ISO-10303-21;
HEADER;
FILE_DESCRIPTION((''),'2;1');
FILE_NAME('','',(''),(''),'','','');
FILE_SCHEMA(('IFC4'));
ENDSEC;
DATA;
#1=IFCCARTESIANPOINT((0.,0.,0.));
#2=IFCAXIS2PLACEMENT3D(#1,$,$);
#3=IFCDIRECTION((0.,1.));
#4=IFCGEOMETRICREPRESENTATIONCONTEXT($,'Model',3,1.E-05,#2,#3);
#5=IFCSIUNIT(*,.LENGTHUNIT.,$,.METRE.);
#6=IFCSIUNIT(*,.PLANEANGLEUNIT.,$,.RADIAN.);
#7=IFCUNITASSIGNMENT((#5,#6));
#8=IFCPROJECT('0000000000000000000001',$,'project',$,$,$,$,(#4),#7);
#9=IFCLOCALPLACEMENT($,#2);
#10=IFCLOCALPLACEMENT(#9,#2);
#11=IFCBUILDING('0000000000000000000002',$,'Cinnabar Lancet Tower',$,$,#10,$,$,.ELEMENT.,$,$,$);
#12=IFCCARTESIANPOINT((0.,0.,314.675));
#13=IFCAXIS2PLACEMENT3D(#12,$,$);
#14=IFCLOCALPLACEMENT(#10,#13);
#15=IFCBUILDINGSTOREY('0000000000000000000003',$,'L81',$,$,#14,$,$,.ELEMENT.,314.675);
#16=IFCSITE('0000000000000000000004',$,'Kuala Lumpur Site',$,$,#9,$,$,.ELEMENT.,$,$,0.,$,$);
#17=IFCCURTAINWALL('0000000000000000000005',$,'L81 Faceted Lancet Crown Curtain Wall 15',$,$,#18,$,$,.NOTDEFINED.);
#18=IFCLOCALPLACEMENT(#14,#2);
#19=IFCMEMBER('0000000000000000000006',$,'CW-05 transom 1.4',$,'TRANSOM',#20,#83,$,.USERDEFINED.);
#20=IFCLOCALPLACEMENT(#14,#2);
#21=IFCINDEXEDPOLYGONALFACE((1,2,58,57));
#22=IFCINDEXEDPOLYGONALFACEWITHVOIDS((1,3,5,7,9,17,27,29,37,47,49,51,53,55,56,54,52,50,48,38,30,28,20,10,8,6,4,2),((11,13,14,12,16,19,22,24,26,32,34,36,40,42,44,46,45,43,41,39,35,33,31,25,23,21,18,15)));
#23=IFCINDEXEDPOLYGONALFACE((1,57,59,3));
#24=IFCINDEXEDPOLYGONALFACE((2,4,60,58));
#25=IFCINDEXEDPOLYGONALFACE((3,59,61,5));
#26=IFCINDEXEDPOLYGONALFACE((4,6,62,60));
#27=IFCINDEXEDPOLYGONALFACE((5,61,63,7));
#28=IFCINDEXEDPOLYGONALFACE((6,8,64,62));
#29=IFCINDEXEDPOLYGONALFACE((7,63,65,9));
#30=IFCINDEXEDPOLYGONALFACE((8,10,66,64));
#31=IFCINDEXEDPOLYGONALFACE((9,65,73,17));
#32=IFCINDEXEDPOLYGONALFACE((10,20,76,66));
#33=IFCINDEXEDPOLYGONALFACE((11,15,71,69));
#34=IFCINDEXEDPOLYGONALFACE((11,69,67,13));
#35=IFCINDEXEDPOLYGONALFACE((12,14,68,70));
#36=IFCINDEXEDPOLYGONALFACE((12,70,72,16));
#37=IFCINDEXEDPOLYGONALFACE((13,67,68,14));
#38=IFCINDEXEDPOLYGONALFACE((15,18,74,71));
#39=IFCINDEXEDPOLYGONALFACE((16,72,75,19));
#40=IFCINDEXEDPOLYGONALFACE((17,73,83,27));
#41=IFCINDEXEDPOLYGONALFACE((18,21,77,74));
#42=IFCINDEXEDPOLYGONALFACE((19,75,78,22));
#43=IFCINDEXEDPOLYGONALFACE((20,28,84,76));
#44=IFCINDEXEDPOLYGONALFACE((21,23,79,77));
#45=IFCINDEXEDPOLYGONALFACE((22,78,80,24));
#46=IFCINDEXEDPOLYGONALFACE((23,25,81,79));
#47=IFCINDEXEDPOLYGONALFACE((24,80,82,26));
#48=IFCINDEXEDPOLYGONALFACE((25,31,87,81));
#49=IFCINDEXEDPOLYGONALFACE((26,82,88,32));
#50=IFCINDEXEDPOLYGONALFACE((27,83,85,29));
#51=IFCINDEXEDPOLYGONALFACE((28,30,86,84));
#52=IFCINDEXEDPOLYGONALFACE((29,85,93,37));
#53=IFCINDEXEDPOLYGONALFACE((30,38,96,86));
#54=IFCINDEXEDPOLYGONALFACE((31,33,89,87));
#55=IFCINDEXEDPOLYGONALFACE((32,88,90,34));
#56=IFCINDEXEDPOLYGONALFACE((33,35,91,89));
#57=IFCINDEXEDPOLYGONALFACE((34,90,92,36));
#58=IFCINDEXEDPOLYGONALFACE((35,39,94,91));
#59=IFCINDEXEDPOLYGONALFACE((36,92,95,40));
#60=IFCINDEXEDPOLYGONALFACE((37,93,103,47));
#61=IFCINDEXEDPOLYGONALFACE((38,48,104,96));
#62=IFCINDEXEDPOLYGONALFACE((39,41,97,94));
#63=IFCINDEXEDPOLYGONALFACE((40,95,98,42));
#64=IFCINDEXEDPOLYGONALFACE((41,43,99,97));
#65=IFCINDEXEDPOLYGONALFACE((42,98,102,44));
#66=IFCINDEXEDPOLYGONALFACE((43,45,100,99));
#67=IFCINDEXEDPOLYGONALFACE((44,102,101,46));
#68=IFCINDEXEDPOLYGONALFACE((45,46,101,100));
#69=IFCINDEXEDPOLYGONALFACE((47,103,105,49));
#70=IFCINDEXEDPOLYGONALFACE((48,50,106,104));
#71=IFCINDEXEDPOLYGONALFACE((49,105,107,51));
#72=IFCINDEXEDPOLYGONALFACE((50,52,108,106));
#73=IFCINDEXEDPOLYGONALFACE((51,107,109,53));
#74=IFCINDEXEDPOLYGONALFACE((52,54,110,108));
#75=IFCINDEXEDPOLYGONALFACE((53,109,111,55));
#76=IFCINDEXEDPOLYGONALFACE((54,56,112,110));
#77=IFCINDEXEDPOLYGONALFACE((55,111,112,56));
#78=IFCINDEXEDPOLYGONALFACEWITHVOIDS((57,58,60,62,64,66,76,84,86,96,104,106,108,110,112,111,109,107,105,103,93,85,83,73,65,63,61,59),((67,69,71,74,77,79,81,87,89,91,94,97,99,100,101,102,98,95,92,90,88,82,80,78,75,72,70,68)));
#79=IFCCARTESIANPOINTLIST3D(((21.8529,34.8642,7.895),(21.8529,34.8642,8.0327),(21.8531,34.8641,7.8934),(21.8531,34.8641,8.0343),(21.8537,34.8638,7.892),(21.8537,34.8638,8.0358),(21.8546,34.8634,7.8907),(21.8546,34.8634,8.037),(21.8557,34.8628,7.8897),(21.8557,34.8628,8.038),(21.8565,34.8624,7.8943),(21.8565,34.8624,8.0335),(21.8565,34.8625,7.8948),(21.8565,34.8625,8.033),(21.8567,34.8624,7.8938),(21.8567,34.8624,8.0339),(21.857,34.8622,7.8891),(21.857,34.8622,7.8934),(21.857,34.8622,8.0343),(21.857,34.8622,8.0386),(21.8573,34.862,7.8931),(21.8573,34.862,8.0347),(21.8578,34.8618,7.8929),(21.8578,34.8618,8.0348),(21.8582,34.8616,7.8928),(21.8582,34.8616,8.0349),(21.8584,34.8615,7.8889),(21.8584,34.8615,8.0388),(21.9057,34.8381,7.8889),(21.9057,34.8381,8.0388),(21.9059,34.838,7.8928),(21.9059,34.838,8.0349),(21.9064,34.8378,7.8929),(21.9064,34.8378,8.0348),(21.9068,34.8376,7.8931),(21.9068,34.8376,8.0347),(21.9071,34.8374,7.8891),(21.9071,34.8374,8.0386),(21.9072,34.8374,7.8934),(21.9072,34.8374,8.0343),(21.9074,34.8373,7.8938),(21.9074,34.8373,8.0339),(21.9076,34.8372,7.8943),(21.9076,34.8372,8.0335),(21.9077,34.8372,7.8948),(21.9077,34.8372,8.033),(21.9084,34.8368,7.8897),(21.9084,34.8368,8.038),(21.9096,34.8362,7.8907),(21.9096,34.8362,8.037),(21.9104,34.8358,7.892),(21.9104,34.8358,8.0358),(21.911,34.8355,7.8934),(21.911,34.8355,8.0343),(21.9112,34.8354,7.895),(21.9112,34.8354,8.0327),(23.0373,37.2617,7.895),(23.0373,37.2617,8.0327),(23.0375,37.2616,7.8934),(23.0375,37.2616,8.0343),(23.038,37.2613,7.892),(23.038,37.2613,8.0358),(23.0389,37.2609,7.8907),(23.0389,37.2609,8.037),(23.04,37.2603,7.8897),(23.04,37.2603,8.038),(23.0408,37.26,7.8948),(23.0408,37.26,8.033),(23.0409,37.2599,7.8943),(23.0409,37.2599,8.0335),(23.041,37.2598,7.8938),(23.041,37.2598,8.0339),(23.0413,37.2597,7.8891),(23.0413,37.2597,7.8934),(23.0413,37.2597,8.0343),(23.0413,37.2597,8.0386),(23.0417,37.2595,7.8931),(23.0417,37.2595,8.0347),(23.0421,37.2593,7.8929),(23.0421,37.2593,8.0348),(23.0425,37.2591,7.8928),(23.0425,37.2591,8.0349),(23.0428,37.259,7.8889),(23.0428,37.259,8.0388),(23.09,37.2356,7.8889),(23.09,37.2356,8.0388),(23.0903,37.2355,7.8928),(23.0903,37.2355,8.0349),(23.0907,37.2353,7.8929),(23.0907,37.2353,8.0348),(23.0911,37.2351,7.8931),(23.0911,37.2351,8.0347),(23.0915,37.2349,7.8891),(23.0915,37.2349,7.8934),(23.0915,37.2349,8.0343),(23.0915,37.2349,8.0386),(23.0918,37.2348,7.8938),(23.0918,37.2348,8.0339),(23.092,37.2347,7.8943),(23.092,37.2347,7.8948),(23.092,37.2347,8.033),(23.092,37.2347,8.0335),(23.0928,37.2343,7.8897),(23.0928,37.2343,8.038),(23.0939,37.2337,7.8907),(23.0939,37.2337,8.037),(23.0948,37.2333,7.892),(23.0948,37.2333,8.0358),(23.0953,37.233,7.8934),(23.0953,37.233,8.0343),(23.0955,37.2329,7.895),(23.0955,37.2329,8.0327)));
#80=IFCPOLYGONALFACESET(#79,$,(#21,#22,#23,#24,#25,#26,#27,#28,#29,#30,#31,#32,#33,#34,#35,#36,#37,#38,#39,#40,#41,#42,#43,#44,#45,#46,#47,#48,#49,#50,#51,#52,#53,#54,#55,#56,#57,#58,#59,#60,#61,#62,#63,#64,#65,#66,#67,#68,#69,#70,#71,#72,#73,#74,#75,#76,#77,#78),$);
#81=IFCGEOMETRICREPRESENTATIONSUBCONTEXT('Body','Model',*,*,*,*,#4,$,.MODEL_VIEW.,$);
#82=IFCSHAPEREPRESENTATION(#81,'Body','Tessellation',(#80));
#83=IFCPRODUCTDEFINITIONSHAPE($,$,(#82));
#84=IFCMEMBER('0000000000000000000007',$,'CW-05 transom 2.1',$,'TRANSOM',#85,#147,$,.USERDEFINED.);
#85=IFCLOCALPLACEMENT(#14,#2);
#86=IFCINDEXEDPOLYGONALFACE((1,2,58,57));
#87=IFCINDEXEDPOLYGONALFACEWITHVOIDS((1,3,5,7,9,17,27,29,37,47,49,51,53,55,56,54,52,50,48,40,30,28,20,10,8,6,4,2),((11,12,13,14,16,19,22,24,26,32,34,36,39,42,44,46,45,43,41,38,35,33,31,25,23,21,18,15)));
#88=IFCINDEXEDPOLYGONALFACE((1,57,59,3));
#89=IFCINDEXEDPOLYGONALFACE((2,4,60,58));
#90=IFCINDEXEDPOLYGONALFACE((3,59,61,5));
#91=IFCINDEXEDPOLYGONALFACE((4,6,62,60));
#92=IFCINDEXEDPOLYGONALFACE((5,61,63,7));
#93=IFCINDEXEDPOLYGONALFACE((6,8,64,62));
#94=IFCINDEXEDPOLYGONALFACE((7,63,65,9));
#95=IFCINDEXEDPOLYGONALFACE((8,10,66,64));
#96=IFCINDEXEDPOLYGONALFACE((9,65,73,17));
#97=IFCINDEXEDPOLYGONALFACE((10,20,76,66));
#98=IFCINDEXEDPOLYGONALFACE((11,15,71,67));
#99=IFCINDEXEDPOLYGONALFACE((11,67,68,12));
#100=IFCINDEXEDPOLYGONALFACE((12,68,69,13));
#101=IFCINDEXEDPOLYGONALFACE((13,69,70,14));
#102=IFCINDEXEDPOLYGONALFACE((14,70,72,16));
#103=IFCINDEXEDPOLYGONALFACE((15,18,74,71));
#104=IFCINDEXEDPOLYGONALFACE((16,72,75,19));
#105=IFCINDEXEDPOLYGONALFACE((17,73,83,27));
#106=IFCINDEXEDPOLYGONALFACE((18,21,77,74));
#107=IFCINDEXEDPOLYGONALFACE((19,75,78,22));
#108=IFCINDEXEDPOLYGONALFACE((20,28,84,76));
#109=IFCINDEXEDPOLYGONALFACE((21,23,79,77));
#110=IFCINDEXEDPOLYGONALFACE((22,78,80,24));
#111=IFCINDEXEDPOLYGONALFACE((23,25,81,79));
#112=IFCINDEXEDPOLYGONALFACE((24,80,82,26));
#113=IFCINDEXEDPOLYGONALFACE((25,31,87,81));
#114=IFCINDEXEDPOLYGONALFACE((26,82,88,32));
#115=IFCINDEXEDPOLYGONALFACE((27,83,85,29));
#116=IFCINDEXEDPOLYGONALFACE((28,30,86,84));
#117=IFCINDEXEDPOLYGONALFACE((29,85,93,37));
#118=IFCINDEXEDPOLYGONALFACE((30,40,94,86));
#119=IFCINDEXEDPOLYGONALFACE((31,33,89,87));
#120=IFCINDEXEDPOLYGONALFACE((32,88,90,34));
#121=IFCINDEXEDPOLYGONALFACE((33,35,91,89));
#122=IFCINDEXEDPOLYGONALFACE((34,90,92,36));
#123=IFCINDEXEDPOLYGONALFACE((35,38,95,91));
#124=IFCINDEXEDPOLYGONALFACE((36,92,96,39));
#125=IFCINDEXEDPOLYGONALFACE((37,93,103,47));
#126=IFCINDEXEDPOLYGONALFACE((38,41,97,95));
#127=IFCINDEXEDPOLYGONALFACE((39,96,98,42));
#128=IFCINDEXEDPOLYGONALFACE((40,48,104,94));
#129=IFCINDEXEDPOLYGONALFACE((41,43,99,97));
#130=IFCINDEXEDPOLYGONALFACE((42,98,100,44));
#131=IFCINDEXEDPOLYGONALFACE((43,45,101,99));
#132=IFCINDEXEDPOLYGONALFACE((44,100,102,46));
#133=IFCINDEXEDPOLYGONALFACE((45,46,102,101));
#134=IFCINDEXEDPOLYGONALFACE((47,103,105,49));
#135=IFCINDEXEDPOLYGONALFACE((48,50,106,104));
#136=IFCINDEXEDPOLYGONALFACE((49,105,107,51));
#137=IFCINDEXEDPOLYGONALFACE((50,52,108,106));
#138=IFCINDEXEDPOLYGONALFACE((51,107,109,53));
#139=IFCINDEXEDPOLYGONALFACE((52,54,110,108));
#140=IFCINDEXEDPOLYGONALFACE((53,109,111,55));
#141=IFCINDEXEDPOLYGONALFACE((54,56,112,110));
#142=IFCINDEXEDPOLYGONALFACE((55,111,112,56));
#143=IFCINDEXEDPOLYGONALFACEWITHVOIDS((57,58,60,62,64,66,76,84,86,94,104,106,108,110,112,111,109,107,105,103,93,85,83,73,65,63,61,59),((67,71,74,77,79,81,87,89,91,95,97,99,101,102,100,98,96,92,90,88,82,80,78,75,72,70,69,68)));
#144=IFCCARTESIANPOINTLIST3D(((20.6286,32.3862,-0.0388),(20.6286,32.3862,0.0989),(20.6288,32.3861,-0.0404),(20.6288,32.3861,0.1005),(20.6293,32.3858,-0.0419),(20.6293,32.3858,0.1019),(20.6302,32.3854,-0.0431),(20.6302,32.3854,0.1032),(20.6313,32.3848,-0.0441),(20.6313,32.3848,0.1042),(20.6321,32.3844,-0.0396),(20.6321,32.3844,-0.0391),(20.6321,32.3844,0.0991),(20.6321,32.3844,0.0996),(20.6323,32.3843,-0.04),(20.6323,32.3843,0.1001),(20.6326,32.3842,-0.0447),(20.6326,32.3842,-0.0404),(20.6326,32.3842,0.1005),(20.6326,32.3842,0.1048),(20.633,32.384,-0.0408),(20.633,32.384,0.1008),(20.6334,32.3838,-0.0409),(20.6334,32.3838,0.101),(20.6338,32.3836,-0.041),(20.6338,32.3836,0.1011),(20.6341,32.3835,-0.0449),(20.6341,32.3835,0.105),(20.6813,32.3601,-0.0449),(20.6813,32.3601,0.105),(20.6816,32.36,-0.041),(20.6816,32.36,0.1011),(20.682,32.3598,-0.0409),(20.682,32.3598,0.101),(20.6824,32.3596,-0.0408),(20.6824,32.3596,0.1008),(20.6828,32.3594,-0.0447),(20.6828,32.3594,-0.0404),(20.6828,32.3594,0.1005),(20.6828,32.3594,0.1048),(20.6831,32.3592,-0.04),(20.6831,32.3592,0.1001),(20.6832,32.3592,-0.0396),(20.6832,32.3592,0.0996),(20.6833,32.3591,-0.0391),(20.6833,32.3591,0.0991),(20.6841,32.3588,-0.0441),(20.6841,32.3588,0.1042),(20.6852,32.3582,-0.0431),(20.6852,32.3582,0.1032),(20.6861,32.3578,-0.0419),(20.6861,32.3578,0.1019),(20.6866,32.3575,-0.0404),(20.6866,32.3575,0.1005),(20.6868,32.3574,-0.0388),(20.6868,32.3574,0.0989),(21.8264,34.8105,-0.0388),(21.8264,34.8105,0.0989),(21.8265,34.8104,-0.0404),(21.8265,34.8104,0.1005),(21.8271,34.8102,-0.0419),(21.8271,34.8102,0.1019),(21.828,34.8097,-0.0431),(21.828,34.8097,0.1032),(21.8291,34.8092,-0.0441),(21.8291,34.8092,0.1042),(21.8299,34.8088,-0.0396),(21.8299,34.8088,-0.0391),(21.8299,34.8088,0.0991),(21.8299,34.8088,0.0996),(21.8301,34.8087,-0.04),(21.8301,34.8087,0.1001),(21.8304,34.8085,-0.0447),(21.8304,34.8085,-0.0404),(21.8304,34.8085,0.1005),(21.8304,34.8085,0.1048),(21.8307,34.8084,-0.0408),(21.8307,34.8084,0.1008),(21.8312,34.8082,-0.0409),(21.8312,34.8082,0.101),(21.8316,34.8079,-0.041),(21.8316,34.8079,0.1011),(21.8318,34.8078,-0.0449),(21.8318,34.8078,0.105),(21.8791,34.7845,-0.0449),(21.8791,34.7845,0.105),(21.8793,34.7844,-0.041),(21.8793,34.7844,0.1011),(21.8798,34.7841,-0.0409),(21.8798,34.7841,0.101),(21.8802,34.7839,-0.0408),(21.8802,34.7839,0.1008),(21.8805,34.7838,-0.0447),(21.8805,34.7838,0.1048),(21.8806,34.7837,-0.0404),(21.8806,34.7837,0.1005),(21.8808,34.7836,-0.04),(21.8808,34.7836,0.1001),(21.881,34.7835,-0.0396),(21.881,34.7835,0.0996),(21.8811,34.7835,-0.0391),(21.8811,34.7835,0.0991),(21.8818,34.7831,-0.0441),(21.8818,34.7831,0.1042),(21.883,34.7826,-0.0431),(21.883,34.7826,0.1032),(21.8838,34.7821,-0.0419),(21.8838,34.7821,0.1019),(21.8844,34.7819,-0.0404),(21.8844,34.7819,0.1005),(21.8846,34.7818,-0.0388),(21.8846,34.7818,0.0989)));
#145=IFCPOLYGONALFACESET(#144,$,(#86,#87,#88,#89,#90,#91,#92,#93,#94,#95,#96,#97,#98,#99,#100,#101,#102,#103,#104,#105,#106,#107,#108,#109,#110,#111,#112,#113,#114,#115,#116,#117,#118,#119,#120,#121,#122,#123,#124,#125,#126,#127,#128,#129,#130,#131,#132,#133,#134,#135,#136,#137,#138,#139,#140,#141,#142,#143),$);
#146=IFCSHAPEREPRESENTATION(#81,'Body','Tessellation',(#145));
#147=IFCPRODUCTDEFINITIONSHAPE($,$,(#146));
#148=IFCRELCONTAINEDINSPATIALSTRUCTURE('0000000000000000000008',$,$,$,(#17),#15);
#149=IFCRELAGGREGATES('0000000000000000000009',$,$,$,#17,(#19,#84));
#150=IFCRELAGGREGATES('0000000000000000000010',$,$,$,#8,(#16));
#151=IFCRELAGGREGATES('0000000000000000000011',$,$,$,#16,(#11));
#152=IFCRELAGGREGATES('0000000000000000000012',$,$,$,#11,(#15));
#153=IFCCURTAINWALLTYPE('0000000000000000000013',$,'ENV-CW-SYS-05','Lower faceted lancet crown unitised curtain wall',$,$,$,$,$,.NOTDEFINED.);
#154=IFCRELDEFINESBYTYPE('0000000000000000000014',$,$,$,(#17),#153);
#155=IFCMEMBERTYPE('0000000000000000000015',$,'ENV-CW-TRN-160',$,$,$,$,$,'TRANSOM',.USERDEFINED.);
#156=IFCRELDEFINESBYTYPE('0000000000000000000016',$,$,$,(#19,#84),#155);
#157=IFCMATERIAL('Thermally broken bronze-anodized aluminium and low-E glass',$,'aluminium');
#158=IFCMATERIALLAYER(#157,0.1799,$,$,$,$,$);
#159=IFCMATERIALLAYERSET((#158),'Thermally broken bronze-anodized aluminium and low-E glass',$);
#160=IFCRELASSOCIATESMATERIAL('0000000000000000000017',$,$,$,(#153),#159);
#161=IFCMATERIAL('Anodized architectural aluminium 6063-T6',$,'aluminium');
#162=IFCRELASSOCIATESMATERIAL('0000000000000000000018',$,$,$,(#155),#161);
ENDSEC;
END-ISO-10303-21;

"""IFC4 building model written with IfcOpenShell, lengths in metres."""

from ifc_helpers import new_model, si_unit, direction, frame, origin, origin_2d, place, context, subcontext, project, spatial, hollow_rectangle, extrude, material, layer, layer_set, material_profile, profile_set, type_object, element, aggregate, save


model = new_model("IFC4")

# Units and contexts
model_context = context("Model", 3, precision=1e-05, world=origin(), true_north=direction((0.0, 1.0)))
body_context = subcontext(model_context, "Body", "Model", "MODEL_VIEW")
ifc_project = project(units=[si_unit("LENGTHUNIT", "METRE"), si_unit("PLANEANGLEUNIT", "RADIAN")], contexts=[model_context])

# Site, building, storey
site_placement = place(None, origin())
site = spatial("IfcSite", under=ifc_project, at=site_placement, Name="Kuala Lumpur Site", CompositionType="ELEMENT", RefElevation=0.0)
building_placement = place(site_placement, origin())
building = spatial("IfcBuilding", under=site, at=building_placement, Name="Cinnabar Lancet Tower", CompositionType="ELEMENT")
storey_placement = place(building_placement, frame((0.0, 0.0, 314.675)))
storey = spatial("IfcBuildingStorey", under=building, at=storey_placement, Name="L81", CompositionType="ELEMENT", Elevation=314.675)

# Shared definitions
ifc_material_1 = material(Name="Thermally broken bronze-anodized aluminium and low-E glass", Category="aluminium")
ifc_layer_1 = layer(ifc_material_1, 0.1799)
ifc_layer_set_1 = layer_set([ifc_layer_1], Name="Thermally broken bronze-anodized aluminium and low-E glass")
curtain_wall_type = type_object("IfcCurtainWallType", Name="ENV-CW-SYS-05", Description="Lower faceted lancet crown unitised curtain wall", PredefinedType="NOTDEFINED", material=ifc_layer_set_1)

# Curtain wall, members
curtain_wall_1_placement = place(storey_placement, origin())
curtain_wall_1 = element("IfcCurtainWall", 1, at=curtain_wall_1_placement, inside=storey, type_object=curtain_wall_type, Name="L81 Faceted Lancet Crown Curtain Wall 15", PredefinedType="NOTDEFINED")
ifc_material_2 = material(Name="Anodized architectural aluminium 6063-T6", Category="aluminium")
ifc_material_profile_1 = material_profile(ifc_material_2, hollow_rectangle(XDim=0.0649, YDim=0.1499, WallThickness=0.0039, InnerFilletRadius=0.002, OuterFilletRadius=0.0061, at=origin_2d()), Name="CW-TRN 150x65x4")
ifc_profile_set_1 = profile_set([ifc_material_profile_1], Name="Anodized architectural aluminium 6063-T6")
member_type_1 = type_object("IfcMemberType", Name="ENV-CW-TRN-160", ElementType="TRANSOM", PredefinedType="USERDEFINED", material=ifc_profile_set_1)
member_1_placement = place(storey_placement, frame((23.0664, 37.2473, 7.9639), z_axis=(-0.442899, -0.896572, 0.0), x_axis=(0.896572, -0.442899, 0.0)))
member_1 = element("IfcMember", 2, at=member_1_placement, type_object=member_type_1, Name="CW-05 transom 1.4", ObjectType="TRANSOM", PredefinedType="USERDEFINED", context=body_context, shape_type="SweptSolid", body=[
    extrude(hollow_rectangle(XDim=0.0649, YDim=0.1499, WallThickness=0.0039, InnerFilletRadius=0.002, OuterFilletRadius=0.0061, at=origin_2d()), origin(), (0.0, 0.0, 1.0), 2.6741),
])
member_2_placement = place(storey_placement, frame((21.8555, 34.7961, 0.03), z_axis=(-0.442947, -0.896548, 0.0), x_axis=(0.896548, -0.442947, 0.0)))
member_2 = element("IfcMember", 3, at=member_2_placement, type_object=member_type_1, Name="CW-05 transom 2.1", ObjectType="TRANSOM", PredefinedType="USERDEFINED", context=body_context, shape_type="SweptSolid", body=[
    extrude(hollow_rectangle(XDim=0.0649, YDim=0.1499, WallThickness=0.0039, InnerFilletRadius=0.002, OuterFilletRadius=0.0061, at=origin_2d()), origin(), (0.0, 0.0, 1.0), 2.7041),
])
aggregate(curtain_wall_1, [member_1, member_2])

save(model, "model.ifc")
